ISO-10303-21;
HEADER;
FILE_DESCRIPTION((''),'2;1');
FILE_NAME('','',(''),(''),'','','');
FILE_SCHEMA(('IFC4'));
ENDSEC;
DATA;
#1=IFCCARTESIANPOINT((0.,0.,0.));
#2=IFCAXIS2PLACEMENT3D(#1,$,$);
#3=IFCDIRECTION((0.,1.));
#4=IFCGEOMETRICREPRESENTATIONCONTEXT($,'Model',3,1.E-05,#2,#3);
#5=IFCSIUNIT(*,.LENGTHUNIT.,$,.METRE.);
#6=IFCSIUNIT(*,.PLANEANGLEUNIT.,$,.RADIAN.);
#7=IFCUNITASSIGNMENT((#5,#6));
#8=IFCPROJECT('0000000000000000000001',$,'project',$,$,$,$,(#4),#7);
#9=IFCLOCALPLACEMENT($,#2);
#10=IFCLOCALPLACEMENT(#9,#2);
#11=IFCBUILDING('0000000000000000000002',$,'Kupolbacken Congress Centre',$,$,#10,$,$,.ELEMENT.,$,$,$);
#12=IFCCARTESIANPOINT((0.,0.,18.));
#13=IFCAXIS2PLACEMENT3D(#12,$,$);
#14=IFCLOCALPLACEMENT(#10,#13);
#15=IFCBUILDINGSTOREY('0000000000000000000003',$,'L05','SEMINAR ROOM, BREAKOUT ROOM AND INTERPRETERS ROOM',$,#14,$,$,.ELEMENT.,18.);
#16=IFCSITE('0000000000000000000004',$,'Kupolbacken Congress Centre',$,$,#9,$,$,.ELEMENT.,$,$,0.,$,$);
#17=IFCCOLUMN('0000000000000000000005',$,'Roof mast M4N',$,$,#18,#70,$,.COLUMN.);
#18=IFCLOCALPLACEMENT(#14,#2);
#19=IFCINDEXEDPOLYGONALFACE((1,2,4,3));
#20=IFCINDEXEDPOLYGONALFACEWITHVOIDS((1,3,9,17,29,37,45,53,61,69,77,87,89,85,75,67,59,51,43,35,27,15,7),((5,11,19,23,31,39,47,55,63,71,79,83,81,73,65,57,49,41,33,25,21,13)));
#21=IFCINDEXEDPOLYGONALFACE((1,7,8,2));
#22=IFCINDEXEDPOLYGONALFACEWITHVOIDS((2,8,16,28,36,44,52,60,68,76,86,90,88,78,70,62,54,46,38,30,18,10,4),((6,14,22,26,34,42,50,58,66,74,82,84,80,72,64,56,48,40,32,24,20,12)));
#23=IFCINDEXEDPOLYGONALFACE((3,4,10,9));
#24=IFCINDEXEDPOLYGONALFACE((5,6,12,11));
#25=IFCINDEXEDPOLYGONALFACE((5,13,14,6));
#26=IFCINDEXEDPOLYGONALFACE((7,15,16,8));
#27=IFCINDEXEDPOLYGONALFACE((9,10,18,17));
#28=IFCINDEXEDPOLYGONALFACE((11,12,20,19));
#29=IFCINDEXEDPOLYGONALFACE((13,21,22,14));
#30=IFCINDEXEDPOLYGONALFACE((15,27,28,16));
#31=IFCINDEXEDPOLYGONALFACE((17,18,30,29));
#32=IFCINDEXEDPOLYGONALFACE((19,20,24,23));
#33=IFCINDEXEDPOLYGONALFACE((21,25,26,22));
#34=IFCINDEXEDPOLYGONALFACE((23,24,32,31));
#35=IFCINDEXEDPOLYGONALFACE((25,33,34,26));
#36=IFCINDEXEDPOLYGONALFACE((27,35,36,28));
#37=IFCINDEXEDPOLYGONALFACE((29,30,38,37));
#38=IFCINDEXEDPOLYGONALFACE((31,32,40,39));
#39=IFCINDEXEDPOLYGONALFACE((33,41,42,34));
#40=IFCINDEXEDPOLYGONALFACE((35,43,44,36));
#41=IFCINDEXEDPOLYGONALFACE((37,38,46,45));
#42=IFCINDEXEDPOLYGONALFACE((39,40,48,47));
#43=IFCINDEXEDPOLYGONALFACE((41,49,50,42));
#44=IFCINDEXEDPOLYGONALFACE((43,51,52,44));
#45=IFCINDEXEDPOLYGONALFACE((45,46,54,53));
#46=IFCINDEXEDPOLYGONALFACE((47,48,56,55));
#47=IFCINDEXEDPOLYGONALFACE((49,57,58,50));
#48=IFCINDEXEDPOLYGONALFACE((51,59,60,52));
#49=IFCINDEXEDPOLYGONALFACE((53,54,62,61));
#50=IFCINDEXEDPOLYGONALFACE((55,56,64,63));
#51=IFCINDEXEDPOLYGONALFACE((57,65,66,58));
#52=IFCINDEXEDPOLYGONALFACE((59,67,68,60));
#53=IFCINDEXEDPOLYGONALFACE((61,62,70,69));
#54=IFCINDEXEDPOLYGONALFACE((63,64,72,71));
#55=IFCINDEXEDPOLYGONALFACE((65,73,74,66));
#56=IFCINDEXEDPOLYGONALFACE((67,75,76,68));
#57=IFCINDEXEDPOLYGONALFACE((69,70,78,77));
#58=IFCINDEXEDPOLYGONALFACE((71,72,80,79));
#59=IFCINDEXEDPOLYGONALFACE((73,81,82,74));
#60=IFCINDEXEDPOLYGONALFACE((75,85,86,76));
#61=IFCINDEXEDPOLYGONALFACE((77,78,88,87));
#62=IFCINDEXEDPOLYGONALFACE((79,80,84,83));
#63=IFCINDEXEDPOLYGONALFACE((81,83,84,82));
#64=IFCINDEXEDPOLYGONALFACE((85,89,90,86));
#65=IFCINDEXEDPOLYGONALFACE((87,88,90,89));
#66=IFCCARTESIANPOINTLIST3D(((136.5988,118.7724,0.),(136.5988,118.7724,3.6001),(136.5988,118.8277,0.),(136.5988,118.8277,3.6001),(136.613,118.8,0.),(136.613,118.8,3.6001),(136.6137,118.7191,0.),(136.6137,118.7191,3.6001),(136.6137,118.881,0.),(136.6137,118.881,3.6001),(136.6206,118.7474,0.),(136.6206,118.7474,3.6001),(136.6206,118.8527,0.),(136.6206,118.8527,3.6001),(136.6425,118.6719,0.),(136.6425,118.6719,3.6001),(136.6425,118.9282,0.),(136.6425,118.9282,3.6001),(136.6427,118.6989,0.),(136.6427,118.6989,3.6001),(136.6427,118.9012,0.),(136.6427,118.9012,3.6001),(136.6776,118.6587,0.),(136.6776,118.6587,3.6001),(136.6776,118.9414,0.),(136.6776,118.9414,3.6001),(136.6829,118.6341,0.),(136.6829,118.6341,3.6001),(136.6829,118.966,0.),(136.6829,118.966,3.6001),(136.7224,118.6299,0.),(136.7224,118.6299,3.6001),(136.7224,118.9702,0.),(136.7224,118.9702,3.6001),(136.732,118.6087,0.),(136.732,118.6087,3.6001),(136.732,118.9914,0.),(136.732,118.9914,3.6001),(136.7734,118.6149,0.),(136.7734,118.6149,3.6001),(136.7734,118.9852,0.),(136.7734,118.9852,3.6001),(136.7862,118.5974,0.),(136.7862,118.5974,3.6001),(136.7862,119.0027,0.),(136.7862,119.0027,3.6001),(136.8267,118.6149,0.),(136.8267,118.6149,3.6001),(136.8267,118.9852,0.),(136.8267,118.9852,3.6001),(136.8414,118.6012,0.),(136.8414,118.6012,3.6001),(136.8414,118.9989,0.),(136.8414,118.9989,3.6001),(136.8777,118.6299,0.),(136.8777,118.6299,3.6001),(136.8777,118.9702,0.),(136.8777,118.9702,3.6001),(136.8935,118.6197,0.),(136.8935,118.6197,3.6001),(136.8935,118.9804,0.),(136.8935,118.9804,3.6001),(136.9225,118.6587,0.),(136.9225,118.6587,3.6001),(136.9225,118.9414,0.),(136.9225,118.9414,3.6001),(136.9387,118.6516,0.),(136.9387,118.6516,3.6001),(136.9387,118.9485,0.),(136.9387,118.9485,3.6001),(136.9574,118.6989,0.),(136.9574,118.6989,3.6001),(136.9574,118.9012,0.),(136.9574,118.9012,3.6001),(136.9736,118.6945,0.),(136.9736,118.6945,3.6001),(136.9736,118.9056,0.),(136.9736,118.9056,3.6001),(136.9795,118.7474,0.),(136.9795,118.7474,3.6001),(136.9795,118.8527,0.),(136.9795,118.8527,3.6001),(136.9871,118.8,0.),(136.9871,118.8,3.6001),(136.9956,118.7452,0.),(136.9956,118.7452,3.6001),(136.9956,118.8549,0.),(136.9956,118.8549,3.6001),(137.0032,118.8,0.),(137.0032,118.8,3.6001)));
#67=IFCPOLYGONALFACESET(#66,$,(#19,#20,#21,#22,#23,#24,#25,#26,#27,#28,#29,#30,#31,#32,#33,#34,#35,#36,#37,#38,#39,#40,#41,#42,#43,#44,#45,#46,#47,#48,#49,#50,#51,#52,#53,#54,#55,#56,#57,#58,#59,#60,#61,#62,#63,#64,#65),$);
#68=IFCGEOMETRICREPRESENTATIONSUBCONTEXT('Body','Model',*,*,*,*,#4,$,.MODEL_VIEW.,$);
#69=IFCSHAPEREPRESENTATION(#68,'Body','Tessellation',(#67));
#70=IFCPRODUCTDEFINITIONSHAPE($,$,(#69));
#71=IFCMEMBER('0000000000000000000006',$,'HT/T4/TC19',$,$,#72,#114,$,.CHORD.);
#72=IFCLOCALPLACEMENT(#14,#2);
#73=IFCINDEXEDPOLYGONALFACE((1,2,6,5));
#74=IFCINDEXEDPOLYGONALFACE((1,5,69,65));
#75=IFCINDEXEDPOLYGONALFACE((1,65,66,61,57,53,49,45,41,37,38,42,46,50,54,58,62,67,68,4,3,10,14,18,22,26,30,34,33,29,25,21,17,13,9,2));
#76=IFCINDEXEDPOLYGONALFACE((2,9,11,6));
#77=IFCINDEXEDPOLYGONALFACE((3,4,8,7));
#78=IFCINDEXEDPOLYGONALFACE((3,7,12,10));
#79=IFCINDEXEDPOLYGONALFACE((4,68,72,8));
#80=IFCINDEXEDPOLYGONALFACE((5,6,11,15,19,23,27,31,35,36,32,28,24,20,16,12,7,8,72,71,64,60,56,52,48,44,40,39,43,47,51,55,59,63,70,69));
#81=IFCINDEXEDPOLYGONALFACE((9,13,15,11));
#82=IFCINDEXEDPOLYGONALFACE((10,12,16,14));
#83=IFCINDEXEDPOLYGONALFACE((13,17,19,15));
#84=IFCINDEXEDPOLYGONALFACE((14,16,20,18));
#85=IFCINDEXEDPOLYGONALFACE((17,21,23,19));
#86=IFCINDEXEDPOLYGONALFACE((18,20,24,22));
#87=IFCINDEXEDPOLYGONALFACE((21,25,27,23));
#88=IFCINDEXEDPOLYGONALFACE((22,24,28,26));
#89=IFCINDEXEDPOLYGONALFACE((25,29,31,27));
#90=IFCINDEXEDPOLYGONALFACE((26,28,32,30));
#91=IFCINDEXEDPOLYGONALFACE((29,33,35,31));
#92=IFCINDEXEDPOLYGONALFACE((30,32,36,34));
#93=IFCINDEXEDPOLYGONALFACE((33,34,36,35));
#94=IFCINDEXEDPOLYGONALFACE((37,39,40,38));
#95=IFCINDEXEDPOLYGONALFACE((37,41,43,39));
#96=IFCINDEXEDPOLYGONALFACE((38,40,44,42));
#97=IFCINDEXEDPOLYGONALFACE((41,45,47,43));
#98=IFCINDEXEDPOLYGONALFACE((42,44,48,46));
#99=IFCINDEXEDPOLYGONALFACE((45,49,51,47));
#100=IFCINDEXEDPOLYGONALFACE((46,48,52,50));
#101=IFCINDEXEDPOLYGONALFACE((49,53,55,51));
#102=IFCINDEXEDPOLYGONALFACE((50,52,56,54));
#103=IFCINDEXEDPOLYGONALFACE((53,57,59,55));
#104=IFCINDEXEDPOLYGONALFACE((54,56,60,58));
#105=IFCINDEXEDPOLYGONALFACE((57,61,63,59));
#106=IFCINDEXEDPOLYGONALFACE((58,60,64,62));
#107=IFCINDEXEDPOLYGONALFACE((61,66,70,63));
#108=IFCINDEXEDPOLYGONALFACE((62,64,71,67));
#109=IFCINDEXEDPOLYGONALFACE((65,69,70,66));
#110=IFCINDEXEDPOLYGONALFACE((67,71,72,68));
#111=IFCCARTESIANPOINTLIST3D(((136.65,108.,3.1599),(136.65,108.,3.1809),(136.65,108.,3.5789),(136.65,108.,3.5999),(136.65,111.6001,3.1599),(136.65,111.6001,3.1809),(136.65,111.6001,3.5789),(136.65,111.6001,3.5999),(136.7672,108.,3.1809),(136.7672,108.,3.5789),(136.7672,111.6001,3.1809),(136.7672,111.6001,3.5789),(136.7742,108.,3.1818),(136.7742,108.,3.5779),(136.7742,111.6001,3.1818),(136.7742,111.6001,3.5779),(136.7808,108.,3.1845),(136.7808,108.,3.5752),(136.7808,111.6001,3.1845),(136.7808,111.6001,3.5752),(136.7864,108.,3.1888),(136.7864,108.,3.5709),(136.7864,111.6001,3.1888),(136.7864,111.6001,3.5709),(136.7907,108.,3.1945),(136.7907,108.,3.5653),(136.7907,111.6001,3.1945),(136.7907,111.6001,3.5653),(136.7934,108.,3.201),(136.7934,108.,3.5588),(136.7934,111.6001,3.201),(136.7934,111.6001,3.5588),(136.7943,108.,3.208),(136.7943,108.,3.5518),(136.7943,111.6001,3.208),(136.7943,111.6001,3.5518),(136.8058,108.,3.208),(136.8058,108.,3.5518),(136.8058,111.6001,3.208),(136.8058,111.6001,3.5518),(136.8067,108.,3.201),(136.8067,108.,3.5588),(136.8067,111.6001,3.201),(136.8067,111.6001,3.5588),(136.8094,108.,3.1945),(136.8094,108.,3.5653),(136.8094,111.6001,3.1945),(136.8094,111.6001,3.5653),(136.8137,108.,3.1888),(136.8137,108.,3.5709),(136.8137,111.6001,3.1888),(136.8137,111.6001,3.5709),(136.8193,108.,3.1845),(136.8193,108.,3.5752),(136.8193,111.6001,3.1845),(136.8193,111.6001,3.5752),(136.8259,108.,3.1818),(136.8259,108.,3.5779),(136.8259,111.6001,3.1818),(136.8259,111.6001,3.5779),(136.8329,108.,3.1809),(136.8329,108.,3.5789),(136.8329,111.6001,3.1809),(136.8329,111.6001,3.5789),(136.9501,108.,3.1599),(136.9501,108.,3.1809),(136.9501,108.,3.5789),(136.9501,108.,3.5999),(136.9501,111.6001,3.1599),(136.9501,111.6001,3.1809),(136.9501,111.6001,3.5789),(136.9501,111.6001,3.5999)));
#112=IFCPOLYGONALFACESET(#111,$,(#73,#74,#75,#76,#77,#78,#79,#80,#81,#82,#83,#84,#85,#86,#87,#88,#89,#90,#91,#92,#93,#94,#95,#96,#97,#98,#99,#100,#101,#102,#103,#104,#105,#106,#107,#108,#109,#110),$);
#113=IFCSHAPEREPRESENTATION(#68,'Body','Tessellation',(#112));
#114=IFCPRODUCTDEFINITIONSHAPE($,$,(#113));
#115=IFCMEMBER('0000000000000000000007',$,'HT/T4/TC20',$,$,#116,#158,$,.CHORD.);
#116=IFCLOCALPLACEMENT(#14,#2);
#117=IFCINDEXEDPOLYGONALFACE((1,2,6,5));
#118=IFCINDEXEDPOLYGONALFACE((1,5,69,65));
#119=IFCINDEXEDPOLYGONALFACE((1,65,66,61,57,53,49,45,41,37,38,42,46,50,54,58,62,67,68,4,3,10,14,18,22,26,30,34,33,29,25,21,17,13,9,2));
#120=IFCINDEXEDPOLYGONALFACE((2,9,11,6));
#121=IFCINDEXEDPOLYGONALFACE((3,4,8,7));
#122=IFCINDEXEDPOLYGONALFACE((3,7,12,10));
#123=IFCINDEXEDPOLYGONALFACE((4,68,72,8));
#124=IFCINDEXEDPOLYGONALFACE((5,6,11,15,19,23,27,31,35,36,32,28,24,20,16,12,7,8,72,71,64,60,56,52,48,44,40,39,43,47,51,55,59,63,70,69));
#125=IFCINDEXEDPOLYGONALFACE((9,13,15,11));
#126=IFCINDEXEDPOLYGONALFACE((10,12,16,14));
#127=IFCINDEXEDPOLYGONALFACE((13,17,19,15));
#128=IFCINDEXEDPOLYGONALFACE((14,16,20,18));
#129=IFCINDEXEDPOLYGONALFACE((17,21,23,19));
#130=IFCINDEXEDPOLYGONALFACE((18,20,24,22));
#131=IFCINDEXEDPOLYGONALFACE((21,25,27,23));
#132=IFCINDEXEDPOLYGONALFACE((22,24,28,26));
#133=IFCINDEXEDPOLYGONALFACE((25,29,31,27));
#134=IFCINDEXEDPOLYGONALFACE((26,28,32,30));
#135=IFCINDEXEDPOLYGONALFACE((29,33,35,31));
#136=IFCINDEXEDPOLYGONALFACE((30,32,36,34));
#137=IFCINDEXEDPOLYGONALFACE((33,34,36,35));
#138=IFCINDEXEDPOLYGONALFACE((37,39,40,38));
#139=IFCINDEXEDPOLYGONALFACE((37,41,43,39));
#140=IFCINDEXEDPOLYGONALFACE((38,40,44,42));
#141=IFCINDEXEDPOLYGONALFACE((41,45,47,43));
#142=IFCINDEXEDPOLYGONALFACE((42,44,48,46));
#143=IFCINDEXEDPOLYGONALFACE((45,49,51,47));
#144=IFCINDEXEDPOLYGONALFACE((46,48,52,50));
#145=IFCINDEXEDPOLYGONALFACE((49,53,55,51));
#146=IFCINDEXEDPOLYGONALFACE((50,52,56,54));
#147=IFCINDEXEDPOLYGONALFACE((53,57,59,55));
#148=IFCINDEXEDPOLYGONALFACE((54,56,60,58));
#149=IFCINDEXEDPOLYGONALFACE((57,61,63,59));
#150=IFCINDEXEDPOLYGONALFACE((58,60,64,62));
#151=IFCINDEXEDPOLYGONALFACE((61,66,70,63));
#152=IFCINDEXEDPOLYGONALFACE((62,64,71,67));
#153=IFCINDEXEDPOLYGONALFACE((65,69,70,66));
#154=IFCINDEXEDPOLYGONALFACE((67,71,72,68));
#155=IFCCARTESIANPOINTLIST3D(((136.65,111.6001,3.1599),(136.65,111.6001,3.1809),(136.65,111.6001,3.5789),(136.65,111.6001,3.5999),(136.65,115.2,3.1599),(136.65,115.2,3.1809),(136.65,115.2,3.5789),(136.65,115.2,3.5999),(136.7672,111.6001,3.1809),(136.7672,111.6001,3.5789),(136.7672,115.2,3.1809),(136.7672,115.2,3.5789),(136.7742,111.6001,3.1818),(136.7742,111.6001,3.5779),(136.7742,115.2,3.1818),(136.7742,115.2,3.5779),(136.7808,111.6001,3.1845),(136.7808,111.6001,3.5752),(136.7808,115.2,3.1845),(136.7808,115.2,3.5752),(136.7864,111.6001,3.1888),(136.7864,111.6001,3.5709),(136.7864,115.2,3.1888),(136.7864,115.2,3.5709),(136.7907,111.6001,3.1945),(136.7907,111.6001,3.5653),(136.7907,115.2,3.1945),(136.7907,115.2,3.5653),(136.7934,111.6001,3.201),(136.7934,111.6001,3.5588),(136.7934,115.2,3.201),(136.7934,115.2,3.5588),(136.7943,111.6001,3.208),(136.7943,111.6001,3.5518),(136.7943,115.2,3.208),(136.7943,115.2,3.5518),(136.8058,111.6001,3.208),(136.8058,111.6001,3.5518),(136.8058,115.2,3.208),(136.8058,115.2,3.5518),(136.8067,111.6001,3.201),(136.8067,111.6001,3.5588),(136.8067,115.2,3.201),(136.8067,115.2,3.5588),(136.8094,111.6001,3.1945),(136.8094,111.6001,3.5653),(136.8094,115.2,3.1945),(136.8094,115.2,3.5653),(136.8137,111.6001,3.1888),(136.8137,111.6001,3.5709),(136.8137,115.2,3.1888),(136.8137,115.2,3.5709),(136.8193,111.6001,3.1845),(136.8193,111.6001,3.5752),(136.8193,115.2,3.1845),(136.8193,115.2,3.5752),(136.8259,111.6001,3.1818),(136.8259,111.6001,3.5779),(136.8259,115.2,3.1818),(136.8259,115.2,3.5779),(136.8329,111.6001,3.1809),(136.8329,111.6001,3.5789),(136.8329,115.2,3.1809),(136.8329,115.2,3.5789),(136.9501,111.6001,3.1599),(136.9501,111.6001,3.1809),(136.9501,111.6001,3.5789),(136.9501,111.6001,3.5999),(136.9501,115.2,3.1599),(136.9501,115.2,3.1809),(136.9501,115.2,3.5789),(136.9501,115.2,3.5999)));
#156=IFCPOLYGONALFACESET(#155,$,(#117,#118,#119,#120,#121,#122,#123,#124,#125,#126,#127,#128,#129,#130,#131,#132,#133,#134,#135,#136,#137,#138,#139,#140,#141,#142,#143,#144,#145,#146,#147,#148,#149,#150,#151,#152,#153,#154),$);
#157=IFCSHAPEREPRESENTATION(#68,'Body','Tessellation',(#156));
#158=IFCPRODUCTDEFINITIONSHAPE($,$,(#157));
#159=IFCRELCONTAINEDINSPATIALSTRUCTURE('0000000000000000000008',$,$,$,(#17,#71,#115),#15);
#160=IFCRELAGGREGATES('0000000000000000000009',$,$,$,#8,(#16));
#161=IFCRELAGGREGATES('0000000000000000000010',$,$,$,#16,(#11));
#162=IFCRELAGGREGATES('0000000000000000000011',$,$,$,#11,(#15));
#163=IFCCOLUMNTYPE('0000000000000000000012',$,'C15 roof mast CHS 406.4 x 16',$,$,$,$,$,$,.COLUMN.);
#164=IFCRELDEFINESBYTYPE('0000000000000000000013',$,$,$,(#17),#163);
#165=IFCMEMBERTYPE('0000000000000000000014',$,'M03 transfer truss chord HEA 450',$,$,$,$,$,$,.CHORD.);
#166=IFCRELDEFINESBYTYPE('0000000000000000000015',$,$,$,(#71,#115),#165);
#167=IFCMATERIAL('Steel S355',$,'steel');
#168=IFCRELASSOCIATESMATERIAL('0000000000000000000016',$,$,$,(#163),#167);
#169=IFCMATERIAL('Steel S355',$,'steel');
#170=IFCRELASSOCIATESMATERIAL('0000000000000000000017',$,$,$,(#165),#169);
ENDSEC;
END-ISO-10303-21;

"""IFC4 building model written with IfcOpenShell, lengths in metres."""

from ifc_helpers import new_model, si_unit, direction, frame, origin, origin_2d, place, context, subcontext, project, spatial, hollow_circle, i_section, extrude, material, material_profile, profile_set, type_object, element, save


model = new_model("IFC4")

# Units and contexts
model_context = context("Model", 3, precision=1e-05, world=origin(), true_north=direction((0.0, 1.0)))
body_context = subcontext(model_context, "Body", "Model", "MODEL_VIEW")
ifc_project = project(units=[si_unit("LENGTHUNIT", "METRE"), si_unit("PLANEANGLEUNIT", "RADIAN")], contexts=[model_context])

# Site, building, storey
site_placement = place(None, origin())
site = spatial("IfcSite", under=ifc_project, at=site_placement, Name="Kupolbacken Congress Centre", CompositionType="ELEMENT", RefElevation=0.0)
building_placement = place(site_placement, origin())
building = spatial("IfcBuilding", under=site, at=building_placement, Name="Kupolbacken Congress Centre", CompositionType="ELEMENT")
storey_placement = place(building_placement, frame((0.0, 0.0, 18.0)))
storey = spatial("IfcBuildingStorey", under=building, at=storey_placement, Name="L05", Description="SEMINAR ROOM, BREAKOUT ROOM AND INTERPRETERS ROOM", CompositionType="ELEMENT", Elevation=18.0)

# Column
ifc_material_1 = material(Name="Steel S355", Category="steel")
ifc_material_profile_1 = material_profile(ifc_material_1, hollow_circle(Radius=0.2031, WallThickness=0.0161, at=origin_2d()), Name="CHS 406.4 x 16")
ifc_profile_set_1 = profile_set([ifc_material_profile_1], Name="Steel S355")
column_type = type_object("IfcColumnType", Name="C15 roof mast CHS 406.4 x 16", PredefinedType="COLUMN", material=ifc_profile_set_1)
column_placement = place(storey_placement, frame((136.8, 118.8, 0.0), z_axis=(0.0, 0.0, 1.0), x_axis=(1.0, 0.0, 0.0)))
element("IfcColumn", 1, at=column_placement, inside=storey, type_object=column_type, Name="Roof mast M4N", PredefinedType="COLUMN", context=body_context, shape_type="SweptSolid", body=[
    extrude(hollow_circle(Radius=0.2031, WallThickness=0.0161, at=origin_2d()), origin(), (0.0, 0.0, 1.0), 3.6001),
])

# Members
ifc_material_2 = material(Name="Steel S355", Category="steel")
ifc_material_profile_2 = material_profile(ifc_material_2, i_section(OverallWidth=0.3, OverallDepth=0.4399, WebThickness=0.0115, FlangeThickness=0.021, FilletRadius=0.0271, at=origin_2d()), Name="HEA 450")
ifc_profile_set_2 = profile_set([ifc_material_profile_2], Name="Steel S355")
member_type_1 = type_object("IfcMemberType", Name="M03 transfer truss chord HEA 450", PredefinedType="CHORD", material=ifc_profile_set_2)
member_1_placement = place(storey_placement, frame((136.8, 108.0, 3.3799), z_axis=(0.0, 1.0, 0.0), x_axis=(-1.0, 0.0, 0.0)))
element("IfcMember", 2, at=member_1_placement, inside=storey, type_object=member_type_1, Name="HT/T4/TC19", PredefinedType="CHORD", context=body_context, shape_type="SweptSolid", body=[
    extrude(i_section(OverallWidth=0.3, OverallDepth=0.4399, WebThickness=0.0115, FlangeThickness=0.021, FilletRadius=0.0271, at=origin_2d()), origin(), (0.0, 0.0, 1.0), 3.6001),
])
member_2_placement = place(storey_placement, frame((136.8, 111.6001, 3.3799), z_axis=(0.0, 1.0, 0.0), x_axis=(-1.0, 0.0, 0.0)))
element("IfcMember", 3, at=member_2_placement, inside=storey, type_object=member_type_1, Name="HT/T4/TC20", PredefinedType="CHORD", context=body_context, shape_type="SweptSolid", body=[
    extrude(i_section(OverallWidth=0.3, OverallDepth=0.4399, WebThickness=0.0115, FlangeThickness=0.021, FilletRadius=0.0271, at=origin_2d()), origin(), (0.0, 0.0, 1.0), 3.5999),
])

save(model, "model.ifc")
